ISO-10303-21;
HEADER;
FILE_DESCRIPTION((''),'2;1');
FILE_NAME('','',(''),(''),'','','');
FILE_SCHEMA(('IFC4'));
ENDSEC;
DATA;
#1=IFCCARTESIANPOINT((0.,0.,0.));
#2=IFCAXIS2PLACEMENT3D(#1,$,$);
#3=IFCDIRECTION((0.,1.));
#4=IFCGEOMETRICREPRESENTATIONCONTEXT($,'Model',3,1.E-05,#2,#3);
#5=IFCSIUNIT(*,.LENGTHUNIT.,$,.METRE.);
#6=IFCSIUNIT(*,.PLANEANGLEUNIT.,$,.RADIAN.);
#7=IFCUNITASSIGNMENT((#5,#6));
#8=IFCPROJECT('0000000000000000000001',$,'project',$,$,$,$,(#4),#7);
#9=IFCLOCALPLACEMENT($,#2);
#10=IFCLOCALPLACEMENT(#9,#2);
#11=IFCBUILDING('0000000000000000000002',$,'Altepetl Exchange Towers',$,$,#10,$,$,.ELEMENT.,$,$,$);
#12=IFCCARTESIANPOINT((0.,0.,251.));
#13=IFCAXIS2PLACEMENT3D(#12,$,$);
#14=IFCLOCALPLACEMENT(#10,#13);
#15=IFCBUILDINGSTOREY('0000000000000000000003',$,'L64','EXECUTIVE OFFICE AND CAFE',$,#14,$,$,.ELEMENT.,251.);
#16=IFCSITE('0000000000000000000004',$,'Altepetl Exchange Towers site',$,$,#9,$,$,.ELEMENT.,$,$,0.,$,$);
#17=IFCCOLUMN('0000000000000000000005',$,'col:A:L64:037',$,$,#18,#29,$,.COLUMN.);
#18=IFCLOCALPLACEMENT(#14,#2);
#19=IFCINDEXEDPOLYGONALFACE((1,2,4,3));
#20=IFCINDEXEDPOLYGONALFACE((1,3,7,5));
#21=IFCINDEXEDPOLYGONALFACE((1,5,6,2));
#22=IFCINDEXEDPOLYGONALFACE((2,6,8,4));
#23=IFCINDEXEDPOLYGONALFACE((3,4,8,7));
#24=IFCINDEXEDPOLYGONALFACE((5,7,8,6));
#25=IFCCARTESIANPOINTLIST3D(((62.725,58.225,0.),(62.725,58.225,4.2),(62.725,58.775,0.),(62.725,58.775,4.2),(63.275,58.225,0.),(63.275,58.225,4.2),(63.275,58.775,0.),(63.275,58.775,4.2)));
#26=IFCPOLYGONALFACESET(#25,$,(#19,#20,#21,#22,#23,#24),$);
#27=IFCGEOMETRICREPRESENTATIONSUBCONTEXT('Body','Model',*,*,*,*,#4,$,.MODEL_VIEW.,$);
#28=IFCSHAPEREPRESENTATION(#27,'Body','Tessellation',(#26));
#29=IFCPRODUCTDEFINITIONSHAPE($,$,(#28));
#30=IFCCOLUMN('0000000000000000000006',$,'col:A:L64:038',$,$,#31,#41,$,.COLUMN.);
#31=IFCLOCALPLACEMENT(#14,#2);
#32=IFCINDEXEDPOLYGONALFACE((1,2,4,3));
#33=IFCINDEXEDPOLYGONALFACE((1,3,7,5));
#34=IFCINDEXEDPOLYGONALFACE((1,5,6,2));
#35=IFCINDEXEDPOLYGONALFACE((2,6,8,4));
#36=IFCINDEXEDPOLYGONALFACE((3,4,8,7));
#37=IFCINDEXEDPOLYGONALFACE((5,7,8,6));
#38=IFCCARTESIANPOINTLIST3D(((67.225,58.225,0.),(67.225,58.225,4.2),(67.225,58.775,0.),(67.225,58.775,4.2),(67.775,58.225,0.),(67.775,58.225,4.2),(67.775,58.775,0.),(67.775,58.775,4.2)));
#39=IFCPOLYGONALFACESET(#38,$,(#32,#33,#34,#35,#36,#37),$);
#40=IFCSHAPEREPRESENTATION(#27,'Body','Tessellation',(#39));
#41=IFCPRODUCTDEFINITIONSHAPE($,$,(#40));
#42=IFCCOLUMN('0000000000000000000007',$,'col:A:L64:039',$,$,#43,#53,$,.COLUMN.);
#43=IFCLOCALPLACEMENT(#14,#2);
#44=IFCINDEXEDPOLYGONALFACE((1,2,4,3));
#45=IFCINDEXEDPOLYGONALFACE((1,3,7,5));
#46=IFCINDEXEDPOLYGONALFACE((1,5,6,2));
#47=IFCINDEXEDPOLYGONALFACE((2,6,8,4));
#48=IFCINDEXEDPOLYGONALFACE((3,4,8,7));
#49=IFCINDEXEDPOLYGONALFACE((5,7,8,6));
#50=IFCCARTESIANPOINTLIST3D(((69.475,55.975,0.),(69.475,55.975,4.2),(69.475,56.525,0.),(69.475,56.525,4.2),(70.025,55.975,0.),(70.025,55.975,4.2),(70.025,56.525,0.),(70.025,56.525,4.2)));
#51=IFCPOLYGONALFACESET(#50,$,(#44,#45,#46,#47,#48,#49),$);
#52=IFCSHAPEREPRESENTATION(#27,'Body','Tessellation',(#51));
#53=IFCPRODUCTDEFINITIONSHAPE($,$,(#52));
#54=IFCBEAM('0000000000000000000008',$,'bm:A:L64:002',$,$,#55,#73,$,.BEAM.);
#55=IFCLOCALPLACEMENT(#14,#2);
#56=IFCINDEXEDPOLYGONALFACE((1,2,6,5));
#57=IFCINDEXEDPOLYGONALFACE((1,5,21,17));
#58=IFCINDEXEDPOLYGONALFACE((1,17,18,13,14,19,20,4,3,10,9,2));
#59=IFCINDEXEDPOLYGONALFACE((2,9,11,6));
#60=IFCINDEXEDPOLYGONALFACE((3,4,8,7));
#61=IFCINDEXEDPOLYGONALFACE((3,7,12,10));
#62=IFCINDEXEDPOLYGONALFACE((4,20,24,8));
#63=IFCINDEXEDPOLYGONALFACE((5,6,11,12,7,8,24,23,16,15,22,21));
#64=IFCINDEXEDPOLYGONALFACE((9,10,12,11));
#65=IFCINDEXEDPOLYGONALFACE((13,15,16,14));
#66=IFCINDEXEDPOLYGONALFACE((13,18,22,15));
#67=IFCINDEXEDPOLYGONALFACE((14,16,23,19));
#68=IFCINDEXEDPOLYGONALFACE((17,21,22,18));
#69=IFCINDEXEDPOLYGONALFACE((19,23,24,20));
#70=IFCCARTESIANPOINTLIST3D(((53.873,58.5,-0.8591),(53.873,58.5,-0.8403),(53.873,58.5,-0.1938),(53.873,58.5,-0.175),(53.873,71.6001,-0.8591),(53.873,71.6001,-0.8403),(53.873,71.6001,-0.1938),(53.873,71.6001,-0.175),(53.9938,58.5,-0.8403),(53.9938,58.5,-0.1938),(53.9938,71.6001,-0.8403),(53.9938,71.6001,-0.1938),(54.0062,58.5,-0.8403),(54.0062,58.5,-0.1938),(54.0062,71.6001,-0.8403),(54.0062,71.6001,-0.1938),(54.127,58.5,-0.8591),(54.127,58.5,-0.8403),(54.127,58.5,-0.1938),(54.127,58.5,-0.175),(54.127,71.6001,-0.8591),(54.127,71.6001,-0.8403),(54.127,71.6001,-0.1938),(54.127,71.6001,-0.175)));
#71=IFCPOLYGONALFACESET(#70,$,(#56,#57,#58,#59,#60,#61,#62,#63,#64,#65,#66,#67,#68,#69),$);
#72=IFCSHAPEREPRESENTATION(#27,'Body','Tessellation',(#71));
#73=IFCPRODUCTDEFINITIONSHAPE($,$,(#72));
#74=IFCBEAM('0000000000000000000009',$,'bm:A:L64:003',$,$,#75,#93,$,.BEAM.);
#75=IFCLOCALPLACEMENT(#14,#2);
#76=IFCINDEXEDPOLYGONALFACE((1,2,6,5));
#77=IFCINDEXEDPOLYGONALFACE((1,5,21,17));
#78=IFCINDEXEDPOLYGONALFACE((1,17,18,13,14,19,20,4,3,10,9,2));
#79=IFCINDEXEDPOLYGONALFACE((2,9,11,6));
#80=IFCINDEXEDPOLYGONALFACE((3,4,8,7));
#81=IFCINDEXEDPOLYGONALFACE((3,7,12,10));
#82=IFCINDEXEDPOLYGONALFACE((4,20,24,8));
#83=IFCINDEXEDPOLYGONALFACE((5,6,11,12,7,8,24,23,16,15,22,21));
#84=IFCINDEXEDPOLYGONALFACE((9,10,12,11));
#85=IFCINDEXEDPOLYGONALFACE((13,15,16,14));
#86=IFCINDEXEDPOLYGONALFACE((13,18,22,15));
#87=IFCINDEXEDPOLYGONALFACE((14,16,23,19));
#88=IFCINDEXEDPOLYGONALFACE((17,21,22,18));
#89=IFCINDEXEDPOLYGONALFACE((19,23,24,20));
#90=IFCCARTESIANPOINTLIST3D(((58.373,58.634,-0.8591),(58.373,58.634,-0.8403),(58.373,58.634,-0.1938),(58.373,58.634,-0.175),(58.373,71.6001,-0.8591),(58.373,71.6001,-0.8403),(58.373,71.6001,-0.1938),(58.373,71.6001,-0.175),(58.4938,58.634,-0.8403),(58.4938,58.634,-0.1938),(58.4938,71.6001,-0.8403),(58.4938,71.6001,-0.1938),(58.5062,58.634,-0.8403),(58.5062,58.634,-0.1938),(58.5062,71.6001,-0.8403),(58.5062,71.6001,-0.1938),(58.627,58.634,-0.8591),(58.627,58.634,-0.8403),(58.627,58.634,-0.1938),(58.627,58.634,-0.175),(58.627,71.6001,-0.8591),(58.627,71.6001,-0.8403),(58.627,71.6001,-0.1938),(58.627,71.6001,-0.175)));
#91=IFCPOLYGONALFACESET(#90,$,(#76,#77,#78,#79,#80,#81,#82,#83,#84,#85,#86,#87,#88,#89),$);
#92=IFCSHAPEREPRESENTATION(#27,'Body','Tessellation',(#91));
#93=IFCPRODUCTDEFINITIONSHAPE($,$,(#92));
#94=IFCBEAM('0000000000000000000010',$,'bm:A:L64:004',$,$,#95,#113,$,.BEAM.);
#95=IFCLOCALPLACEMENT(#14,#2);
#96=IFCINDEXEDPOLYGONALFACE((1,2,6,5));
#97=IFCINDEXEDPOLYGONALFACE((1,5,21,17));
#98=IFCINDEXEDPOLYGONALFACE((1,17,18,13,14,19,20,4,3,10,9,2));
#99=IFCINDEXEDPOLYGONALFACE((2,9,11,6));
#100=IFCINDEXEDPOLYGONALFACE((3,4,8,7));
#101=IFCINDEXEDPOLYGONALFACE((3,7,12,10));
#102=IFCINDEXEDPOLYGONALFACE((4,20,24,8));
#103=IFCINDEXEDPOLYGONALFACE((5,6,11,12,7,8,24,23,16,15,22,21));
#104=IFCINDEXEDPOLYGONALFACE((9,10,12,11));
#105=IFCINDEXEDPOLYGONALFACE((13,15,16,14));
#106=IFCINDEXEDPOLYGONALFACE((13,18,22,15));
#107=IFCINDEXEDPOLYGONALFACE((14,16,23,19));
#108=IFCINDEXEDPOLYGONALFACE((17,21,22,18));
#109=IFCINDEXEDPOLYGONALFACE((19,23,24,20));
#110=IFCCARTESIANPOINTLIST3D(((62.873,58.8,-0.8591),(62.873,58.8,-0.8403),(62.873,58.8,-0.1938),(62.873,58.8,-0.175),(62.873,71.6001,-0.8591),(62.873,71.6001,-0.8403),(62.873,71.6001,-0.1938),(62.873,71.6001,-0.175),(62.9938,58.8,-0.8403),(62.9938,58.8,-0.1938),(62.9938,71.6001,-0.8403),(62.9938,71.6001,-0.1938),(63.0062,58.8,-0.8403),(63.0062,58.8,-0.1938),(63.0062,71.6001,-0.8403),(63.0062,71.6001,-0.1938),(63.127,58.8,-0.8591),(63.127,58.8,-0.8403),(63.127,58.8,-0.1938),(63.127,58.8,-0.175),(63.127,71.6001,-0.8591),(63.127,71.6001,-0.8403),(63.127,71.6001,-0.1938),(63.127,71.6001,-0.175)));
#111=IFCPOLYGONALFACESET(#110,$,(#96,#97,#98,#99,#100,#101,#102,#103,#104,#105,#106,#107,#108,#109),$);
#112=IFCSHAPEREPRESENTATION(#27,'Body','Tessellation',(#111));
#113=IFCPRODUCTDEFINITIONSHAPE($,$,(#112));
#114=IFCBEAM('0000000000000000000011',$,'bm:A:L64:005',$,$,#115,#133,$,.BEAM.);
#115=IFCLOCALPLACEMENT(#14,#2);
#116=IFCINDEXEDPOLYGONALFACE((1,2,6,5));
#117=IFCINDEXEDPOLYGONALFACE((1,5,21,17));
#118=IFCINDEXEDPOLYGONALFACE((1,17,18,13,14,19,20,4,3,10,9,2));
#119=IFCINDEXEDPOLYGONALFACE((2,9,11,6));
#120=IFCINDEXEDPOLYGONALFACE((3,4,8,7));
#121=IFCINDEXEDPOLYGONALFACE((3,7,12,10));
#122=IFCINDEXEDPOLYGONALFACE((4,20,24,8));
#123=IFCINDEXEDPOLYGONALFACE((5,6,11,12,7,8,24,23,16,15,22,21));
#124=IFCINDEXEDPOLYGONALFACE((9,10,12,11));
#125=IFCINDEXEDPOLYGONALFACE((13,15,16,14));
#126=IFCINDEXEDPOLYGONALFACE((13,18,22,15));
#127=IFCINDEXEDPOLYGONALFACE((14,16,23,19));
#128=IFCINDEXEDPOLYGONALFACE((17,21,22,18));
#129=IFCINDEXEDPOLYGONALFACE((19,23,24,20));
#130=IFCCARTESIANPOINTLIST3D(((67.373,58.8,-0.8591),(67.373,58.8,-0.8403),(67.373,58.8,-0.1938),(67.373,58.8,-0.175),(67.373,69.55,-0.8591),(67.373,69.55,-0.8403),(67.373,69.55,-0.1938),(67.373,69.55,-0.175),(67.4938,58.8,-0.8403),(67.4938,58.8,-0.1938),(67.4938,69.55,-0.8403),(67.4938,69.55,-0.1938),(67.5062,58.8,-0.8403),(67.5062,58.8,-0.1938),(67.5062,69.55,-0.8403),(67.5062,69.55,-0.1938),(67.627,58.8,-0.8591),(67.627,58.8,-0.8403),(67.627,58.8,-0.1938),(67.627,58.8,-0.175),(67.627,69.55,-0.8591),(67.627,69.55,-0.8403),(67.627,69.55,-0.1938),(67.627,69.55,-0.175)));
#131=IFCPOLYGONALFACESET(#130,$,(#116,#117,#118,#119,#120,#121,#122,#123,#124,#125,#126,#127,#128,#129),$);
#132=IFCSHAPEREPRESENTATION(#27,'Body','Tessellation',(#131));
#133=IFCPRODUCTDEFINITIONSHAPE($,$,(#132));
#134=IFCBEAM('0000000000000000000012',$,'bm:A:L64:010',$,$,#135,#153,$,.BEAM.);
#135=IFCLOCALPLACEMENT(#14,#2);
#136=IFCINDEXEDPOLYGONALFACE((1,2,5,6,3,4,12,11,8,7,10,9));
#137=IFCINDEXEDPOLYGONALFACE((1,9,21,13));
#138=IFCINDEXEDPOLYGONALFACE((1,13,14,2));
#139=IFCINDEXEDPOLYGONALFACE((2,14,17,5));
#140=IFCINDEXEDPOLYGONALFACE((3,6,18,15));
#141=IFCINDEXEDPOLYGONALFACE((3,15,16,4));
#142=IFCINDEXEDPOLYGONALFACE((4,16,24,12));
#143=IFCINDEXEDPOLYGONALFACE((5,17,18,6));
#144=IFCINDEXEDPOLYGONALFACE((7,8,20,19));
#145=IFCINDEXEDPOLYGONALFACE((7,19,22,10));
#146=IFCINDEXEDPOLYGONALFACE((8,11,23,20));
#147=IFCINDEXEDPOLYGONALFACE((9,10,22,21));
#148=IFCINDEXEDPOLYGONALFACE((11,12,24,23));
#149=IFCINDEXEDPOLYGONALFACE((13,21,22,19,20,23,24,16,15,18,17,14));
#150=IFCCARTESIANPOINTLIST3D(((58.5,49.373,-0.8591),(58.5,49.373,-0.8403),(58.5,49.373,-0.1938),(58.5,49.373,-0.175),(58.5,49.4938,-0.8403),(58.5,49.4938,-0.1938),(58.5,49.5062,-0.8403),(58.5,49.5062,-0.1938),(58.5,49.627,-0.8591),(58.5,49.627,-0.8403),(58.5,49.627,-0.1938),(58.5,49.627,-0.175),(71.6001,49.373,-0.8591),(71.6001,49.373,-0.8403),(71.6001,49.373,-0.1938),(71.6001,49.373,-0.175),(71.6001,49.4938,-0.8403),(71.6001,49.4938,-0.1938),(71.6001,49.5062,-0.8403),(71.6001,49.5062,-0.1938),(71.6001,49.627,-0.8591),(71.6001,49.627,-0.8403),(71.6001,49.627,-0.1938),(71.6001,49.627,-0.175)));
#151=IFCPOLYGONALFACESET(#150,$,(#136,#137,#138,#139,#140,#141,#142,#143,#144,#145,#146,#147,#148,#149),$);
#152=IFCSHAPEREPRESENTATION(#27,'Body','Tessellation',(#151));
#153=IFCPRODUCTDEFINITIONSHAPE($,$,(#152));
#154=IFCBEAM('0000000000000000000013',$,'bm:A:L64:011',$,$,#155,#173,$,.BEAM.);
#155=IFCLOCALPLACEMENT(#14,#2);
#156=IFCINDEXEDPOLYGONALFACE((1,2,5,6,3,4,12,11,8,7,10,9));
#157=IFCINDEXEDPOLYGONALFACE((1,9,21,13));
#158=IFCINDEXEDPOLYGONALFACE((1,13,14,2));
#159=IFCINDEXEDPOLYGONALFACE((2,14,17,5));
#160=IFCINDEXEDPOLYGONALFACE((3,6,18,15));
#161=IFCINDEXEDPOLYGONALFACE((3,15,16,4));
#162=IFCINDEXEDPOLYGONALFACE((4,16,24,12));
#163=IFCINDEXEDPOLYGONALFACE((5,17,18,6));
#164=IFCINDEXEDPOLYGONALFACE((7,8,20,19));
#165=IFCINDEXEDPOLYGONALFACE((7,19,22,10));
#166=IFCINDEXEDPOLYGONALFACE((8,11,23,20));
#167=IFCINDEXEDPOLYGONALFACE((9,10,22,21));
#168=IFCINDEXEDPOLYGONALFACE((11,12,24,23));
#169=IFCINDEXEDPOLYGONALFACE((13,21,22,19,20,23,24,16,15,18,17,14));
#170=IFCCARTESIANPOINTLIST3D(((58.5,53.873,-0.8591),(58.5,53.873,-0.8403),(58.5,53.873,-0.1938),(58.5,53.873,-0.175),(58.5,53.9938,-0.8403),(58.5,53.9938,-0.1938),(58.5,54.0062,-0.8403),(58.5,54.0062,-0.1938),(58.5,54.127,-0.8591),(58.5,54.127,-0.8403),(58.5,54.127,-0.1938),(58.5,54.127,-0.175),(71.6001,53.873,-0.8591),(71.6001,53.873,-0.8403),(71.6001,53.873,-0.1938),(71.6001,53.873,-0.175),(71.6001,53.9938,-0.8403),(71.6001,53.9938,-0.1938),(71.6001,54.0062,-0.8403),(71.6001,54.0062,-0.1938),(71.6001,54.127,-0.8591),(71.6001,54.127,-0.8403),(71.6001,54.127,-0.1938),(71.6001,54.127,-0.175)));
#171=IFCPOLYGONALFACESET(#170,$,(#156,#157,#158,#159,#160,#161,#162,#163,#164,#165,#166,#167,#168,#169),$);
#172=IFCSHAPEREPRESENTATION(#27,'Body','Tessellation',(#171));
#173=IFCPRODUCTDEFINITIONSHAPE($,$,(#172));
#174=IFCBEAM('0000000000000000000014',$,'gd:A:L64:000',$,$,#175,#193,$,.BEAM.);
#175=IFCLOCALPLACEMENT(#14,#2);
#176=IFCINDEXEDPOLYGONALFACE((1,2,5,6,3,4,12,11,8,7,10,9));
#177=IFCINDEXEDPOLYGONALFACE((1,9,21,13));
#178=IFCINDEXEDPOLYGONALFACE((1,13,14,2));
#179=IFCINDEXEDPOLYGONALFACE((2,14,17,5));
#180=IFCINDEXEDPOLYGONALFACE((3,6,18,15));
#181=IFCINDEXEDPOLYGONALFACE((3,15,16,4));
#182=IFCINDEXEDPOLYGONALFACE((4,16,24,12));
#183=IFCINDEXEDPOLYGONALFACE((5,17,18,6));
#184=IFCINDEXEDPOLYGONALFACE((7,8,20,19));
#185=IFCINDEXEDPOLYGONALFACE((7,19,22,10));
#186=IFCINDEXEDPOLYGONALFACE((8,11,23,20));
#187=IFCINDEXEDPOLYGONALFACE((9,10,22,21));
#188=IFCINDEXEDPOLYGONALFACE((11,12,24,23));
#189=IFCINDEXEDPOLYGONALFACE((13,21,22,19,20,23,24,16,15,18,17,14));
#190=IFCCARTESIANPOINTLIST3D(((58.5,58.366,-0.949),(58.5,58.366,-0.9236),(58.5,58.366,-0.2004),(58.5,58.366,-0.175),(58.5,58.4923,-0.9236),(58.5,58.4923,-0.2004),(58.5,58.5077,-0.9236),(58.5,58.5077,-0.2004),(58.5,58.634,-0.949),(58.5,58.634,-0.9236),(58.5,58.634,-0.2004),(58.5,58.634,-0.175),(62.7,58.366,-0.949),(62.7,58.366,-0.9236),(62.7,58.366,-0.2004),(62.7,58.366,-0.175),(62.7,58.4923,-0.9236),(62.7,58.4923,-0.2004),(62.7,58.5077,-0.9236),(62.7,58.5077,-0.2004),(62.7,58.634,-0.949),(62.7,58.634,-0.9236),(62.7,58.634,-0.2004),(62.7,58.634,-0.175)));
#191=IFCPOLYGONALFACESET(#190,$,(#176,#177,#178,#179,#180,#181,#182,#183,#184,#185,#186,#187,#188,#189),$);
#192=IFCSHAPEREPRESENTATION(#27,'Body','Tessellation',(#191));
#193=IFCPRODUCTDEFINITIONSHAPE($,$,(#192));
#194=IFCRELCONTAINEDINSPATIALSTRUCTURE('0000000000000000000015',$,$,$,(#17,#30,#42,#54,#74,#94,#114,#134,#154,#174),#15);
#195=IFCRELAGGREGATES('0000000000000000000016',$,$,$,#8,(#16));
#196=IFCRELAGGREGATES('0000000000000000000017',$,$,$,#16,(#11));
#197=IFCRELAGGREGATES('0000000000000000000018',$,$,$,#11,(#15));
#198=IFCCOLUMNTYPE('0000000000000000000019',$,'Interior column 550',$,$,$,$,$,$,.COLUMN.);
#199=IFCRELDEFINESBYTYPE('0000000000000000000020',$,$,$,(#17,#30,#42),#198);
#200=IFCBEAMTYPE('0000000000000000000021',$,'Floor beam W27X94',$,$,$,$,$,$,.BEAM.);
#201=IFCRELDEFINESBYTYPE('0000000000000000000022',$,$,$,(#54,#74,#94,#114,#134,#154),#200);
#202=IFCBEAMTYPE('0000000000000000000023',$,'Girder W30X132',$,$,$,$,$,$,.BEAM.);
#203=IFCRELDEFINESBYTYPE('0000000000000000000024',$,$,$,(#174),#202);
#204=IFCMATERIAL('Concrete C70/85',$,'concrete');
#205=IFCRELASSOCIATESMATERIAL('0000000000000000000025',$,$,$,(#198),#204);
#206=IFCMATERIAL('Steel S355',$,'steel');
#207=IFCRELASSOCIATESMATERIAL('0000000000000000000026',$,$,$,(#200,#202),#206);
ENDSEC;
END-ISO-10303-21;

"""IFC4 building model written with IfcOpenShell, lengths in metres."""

from ifc_helpers import new_model, si_unit, direction, frame, origin, origin_2d, place, context, subcontext, project, spatial, rectangle, i_section, extrude, material, material_profile, profile_set, type_object, element, save


model = new_model("IFC4")

# Units and contexts
model_context = context("Model", 3, precision=1e-05, world=origin(), true_north=direction((0.0, 1.0)))
body_context = subcontext(model_context, "Body", "Model", "MODEL_VIEW")
ifc_project = project(units=[si_unit("LENGTHUNIT", "METRE"), si_unit("PLANEANGLEUNIT", "RADIAN")], contexts=[model_context])

# Site, building, storey
site_placement = place(None, origin())
site = spatial("IfcSite", under=ifc_project, at=site_placement, Name="Altepetl Exchange Towers site", CompositionType="ELEMENT", RefElevation=0.0)
building_placement = place(site_placement, origin())
building = spatial("IfcBuilding", under=site, at=building_placement, Name="Altepetl Exchange Towers", CompositionType="ELEMENT")
storey_placement = place(building_placement, frame((0.0, 0.0, 251.0)))
storey = spatial("IfcBuildingStorey", under=building, at=storey_placement, Name="L64", Description="EXECUTIVE OFFICE AND CAFE", CompositionType="ELEMENT", Elevation=251.0)

# Columns
ifc_material_1 = material(Name="Concrete C70/85", Category="concrete")
ifc_material_profile_1 = material_profile(ifc_material_1, rectangle(XDim=0.55, YDim=0.55, at=origin_2d()), Name="550 x 550")
ifc_profile_set_1 = profile_set([ifc_material_profile_1], Name="Concrete C70/85")
column_type = type_object("IfcColumnType", Name="Interior column 550", PredefinedType="COLUMN", material=ifc_profile_set_1)
for number, where, name in (
    (1, (63.0, 58.5, 0.0), "col:A:L64:037"),
    (2, (67.5, 58.5, 0.0), "col:A:L64:038"),
    (3, (69.75, 56.25, 0.0), "col:A:L64:039"),
):
    element("IfcColumn", number, at=place(storey_placement, frame(where)), inside=storey, type_object=column_type, Name=name, PredefinedType="COLUMN", context=body_context, shape_type="SweptSolid", body=[
        extrude(rectangle(XDim=0.55, YDim=0.55, at=origin_2d()), origin(), (0.0, 0.0, 1.0), 4.2),
    ])

# Beams
ifc_material_2 = material(Name="Steel S355", Category="steel")
ifc_material_profile_2 = material_profile(ifc_material_2, i_section(OverallWidth=0.2539, OverallDepth=0.6841, WebThickness=0.0125, FlangeThickness=0.0188, at=origin_2d()), Name="W27X94")
ifc_profile_set_2 = profile_set([ifc_material_profile_2], Name="Steel S355")
beam_type_1 = type_object("IfcBeamType", Name="Floor beam W27X94", PredefinedType="BEAM", material=ifc_profile_set_2)
beam_1_placement = place(storey_placement, frame((54.0, 58.5, -0.5171), z_axis=(0.0, 1.0, 0.0), x_axis=(-1.0, 0.0, 0.0)))
element("IfcBeam", 4, at=beam_1_placement, inside=storey, type_object=beam_type_1, Name="bm:A:L64:002", PredefinedType="BEAM", context=body_context, shape_type="SweptSolid", body=[
    extrude(i_section(OverallWidth=0.2539, OverallDepth=0.6841, WebThickness=0.0125, FlangeThickness=0.0188, at=origin_2d()), origin(), (0.0, 0.0, 1.0), 13.1001),
])
beam_2_placement = place(storey_placement, frame((58.5, 58.634, -0.5171), z_axis=(0.0, 1.0, 0.0), x_axis=(-1.0, 0.0, 0.0)))
element("IfcBeam", 5, at=beam_2_placement, inside=storey, type_object=beam_type_1, Name="bm:A:L64:003", PredefinedType="BEAM", context=body_context, shape_type="SweptSolid", body=[
    extrude(i_section(OverallWidth=0.2539, OverallDepth=0.6841, WebThickness=0.0125, FlangeThickness=0.0188, at=origin_2d()), origin(), (0.0, 0.0, 1.0), 12.9661),
])
beam_3_placement = place(storey_placement, frame((63.0, 58.8, -0.5171), z_axis=(0.0, 1.0, 0.0), x_axis=(-1.0, 0.0, 0.0)))
element("IfcBeam", 6, at=beam_3_placement, inside=storey, type_object=beam_type_1, Name="bm:A:L64:004", PredefinedType="BEAM", context=body_context, shape_type="SweptSolid", body=[
    extrude(i_section(OverallWidth=0.2539, OverallDepth=0.6841, WebThickness=0.0125, FlangeThickness=0.0188, at=origin_2d()), origin(), (0.0, 0.0, 1.0), 12.8),
])
beam_4_placement = place(storey_placement, frame((67.5, 58.8, -0.5171), z_axis=(0.0, 1.0, 0.0), x_axis=(-1.0, 0.0, 0.0)))
element("IfcBeam", 7, at=beam_4_placement, inside=storey, type_object=beam_type_1, Name="bm:A:L64:005", PredefinedType="BEAM", context=body_context, shape_type="SweptSolid", body=[
    extrude(i_section(OverallWidth=0.2539, OverallDepth=0.6841, WebThickness=0.0125, FlangeThickness=0.0188, at=origin_2d()), origin(), (0.0, 0.0, 1.0), 10.75),
])
for number, where, z_axis, x_axis, name in (
    (8, (58.5, 49.5, -0.5171), (1.0, 0.0, 0.0), (0.0, 1.0, 0.0), "bm:A:L64:010"),
    (9, (58.5, 54.0, -0.5171), (1.0, 0.0, 0.0), (0.0, 1.0, 0.0), "bm:A:L64:011"),
):
    element("IfcBeam", number, at=place(storey_placement, frame(where, z_axis=z_axis, x_axis=x_axis)), inside=storey, type_object=beam_type_1, Name=name, PredefinedType="BEAM", context=body_context, shape_type="SweptSolid", body=[
        extrude(i_section(OverallWidth=0.2539, OverallDepth=0.6841, WebThickness=0.0125, FlangeThickness=0.0188, at=origin_2d()), origin(), (0.0, 0.0, 1.0), 13.1001),
    ])
ifc_material_profile_3 = material_profile(ifc_material_2, i_section(OverallWidth=0.2681, OverallDepth=0.7739, WebThickness=0.0154, FlangeThickness=0.0254, at=origin_2d()), Name="W30X132")
ifc_profile_set_3 = profile_set([ifc_material_profile_3], Name="Steel S355")
beam_type_2 = type_object("IfcBeamType", Name="Girder W30X132", PredefinedType="BEAM", material=ifc_profile_set_3)
beam_5_placement = place(storey_placement, frame((58.5, 58.5, -0.562), z_axis=(1.0, 0.0, 0.0), x_axis=(0.0, 1.0, 0.0)))
element("IfcBeam", 10, at=beam_5_placement, inside=storey, type_object=beam_type_2, Name="gd:A:L64:000", PredefinedType="BEAM", context=body_context, shape_type="SweptSolid", body=[
    extrude(i_section(OverallWidth=0.2681, OverallDepth=0.7739, WebThickness=0.0154, FlangeThickness=0.0254, at=origin_2d()), origin(), (0.0, 0.0, 1.0), 4.2),
])

save(model, "model.ifc")
